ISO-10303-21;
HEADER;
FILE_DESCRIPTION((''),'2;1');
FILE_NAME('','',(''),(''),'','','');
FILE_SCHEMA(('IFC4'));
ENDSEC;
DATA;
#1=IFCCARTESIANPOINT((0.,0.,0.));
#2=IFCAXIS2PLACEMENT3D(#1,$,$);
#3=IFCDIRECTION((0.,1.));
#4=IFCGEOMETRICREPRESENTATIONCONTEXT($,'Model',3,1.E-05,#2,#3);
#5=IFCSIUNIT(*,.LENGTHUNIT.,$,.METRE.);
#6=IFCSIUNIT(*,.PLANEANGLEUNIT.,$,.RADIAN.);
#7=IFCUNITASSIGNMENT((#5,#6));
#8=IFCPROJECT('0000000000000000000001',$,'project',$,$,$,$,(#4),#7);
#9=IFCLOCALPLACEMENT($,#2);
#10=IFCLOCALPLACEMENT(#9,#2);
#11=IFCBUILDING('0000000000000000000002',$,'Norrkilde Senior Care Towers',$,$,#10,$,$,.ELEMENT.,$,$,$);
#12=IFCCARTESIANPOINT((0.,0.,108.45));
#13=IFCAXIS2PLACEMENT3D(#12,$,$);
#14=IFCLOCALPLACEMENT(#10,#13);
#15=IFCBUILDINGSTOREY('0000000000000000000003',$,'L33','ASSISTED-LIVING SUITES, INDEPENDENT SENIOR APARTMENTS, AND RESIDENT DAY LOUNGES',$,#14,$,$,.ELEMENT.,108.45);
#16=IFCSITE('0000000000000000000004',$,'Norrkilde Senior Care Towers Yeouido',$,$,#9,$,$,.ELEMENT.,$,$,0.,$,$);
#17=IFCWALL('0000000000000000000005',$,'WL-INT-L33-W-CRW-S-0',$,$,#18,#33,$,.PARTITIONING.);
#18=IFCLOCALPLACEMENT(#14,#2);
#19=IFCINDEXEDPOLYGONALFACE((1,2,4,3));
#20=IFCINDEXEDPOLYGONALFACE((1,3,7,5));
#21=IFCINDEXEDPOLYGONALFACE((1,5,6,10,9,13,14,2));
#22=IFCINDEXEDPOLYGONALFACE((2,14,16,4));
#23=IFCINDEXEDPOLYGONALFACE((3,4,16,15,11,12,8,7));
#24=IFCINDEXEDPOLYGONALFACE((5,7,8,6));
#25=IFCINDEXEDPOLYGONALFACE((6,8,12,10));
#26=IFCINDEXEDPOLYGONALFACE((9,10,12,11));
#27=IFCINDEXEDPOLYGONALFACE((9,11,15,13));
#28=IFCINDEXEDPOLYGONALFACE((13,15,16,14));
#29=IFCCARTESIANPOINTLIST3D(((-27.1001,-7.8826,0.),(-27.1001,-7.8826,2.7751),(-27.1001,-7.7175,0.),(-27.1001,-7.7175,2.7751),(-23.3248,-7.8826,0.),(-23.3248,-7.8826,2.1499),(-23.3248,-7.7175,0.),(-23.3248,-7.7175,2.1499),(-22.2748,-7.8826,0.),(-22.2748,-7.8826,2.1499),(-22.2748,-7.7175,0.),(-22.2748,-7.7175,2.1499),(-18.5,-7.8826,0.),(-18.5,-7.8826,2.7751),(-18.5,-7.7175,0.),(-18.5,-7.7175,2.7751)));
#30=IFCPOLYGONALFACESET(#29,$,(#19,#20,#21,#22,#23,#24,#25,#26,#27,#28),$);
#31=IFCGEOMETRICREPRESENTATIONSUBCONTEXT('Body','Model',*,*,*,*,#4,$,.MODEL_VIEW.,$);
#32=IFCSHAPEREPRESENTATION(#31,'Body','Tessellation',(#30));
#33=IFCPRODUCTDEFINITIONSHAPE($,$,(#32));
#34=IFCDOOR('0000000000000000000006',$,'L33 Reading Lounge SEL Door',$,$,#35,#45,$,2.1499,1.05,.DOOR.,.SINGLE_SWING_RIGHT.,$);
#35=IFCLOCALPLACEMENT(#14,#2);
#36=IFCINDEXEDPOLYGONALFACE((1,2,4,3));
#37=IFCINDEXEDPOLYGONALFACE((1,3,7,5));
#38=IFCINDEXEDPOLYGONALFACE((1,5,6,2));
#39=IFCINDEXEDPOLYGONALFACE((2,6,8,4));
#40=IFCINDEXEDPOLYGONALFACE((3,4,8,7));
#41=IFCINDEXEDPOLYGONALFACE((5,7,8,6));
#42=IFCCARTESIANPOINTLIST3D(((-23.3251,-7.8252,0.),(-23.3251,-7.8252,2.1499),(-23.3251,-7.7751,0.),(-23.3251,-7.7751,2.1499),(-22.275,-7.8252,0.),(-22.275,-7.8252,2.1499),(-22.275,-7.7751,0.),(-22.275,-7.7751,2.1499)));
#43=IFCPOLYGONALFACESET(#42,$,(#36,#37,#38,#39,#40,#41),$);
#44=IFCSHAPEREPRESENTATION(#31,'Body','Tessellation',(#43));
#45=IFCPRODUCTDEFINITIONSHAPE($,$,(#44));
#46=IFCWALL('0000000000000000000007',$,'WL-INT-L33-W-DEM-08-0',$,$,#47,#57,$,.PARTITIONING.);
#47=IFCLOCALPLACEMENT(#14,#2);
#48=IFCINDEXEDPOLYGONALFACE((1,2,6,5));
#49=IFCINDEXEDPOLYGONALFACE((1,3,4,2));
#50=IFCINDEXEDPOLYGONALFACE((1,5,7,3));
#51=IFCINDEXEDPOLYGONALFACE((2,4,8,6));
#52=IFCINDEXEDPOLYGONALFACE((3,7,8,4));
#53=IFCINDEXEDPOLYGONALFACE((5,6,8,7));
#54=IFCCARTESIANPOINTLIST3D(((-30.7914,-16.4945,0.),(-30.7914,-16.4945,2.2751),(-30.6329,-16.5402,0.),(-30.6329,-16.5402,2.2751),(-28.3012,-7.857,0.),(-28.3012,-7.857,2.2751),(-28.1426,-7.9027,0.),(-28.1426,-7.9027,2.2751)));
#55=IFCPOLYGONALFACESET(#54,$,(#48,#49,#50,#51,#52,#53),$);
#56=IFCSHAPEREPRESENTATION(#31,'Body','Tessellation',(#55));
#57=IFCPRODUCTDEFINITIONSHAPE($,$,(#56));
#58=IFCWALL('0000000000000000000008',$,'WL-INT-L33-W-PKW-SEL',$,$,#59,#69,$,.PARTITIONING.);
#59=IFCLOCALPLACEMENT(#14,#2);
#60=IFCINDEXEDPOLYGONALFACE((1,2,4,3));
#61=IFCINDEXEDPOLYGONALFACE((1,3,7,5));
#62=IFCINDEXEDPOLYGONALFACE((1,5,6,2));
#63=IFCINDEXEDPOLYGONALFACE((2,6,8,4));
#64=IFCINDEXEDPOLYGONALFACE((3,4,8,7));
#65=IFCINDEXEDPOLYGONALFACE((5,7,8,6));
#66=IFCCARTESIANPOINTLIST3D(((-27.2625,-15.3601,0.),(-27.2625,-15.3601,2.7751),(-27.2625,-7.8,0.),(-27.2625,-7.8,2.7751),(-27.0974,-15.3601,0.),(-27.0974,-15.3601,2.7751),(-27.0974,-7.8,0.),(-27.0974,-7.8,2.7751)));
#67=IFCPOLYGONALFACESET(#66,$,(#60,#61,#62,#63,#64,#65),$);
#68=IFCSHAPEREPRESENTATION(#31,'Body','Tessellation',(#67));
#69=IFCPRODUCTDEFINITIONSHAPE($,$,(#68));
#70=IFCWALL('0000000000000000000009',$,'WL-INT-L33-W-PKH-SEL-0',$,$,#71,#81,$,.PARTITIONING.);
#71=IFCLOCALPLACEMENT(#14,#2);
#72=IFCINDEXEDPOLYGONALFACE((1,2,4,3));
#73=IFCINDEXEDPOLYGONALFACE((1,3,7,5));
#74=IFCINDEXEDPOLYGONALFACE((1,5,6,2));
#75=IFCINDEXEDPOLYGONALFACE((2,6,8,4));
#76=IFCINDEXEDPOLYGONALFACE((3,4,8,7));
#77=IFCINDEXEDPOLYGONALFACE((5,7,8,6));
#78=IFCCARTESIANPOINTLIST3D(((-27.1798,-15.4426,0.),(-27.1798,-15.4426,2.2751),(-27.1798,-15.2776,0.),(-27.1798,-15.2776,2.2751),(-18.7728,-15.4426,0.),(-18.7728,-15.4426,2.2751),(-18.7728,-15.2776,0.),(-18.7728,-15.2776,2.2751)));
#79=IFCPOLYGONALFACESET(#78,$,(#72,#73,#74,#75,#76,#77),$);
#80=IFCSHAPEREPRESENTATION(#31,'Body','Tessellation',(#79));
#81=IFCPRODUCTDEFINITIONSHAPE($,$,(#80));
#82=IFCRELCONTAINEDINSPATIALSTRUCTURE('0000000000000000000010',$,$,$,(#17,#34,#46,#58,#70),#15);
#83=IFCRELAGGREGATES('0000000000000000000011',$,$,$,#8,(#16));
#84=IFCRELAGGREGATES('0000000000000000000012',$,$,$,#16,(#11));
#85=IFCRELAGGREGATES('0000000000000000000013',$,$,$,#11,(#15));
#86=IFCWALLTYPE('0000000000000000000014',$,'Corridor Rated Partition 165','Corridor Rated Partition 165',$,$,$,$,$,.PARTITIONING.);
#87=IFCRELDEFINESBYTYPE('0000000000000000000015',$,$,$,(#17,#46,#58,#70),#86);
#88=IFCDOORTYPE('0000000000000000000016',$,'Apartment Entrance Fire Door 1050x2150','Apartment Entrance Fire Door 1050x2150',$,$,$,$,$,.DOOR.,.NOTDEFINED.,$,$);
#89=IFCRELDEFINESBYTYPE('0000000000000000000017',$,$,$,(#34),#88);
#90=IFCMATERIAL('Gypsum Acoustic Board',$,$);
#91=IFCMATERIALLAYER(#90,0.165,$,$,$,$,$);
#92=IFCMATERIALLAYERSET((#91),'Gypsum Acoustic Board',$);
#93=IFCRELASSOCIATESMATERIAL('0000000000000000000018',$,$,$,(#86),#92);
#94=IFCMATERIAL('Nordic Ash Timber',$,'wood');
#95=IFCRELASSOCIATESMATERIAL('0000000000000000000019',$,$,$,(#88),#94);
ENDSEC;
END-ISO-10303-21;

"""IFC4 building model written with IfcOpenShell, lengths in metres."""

from ifc_helpers import new_model, si_unit, direction, frame, frame_2d, origin, place, context, subcontext, project, spatial, rectangle, extrude, source, transform, mapped, material, layer, layer_set, type_object, type_shapes, element, fill, save


model = new_model("IFC4")

# Units and contexts
model_context = context("Model", 3, precision=1e-05, world=origin(), true_north=direction((0.0, 1.0)))
body_context = subcontext(model_context, "Body", "Model", "MODEL_VIEW")
ifc_project = project(units=[si_unit("LENGTHUNIT", "METRE"), si_unit("PLANEANGLEUNIT", "RADIAN")], contexts=[model_context])

# Site, building, storey
site_placement = place(None, origin())
site = spatial("IfcSite", under=ifc_project, at=site_placement, Name="Norrkilde Senior Care Towers Yeouido", CompositionType="ELEMENT", RefElevation=0.0)
building_placement = place(site_placement, origin())
building = spatial("IfcBuilding", under=site, at=building_placement, Name="Norrkilde Senior Care Towers", CompositionType="ELEMENT")
storey_placement = place(building_placement, frame((0.0, 0.0, 108.45)))
storey = spatial("IfcBuildingStorey", under=building, at=storey_placement, Name="L33", Description="ASSISTED-LIVING SUITES, INDEPENDENT SENIOR APARTMENTS, AND RESIDENT DAY LOUNGES", CompositionType="ELEMENT", Elevation=108.45)

# Shared definitions
ifc_material_1 = material(Name="Gypsum Acoustic Board")
ifc_layer_1 = layer(ifc_material_1, 0.165)
ifc_layer_set_1 = layer_set([ifc_layer_1], Name="Gypsum Acoustic Board")
wall_type_1 = type_object("IfcWallType", Name="Corridor Rated Partition 165", Description="Corridor Rated Partition 165", PredefinedType="PARTITIONING", material=ifc_layer_set_1)

# Wall, opening, door
shared_shape_1 = source(origin(), body_context, "Body", "SweptSolid", [
    extrude(rectangle(XDim=8.6001, YDim=0.165, at=frame_2d((4.3, 0.0))), origin(), (0.0, 0.0, 1.0), 2.7751),
])
wall_1_placement = place(storey_placement, frame((-18.5, -7.8, 0.0), z_axis=(0.0, 0.0, 1.0), x_axis=(-1.0, 0.0, 0.0)))
wall_1 = element("IfcWall", 1, at=wall_1_placement, inside=storey, type_object=wall_type_1, Name="WL-INT-L33-W-CRW-S-0", PredefinedType="PARTITIONING", context=body_context, shape_type="MappedRepresentation", body=[
    mapped(shared_shape_1, transform((0.0, 0.0, 0.0), x_axis=(1.0, 0.0, 0.0), y_axis=(0.0, 1.0, 0.0), z_axis=(0.0, 0.0, 1.0), scale=1.0)),
])
opening_1_placement = place(wall_1_placement, frame((3.7749, 0.0, 0.0)))
opening_1 = element("IfcOpeningElement", 2, at=opening_1_placement, cuts=wall_1, PredefinedType="OPENING", context=body_context, shape_type="SweptSolid", body=[
    extrude(rectangle(XDim=1.05, YDim=2.1499, at=frame_2d((0.5249, 1.075))), frame((0.0, 0.0925, 0.0), z_axis=(0.0, -1.0, 0.0), x_axis=(1.0, 0.0, 0.0)), (0.0, 0.0, 1.0), 0.1851),
])
ifc_material_2 = material(Name="Nordic Ash Timber", Category="wood")
door_type_1 = type_object("IfcDoorType", Name="Apartment Entrance Fire Door 1050x2150", Description="Apartment Entrance Fire Door 1050x2150", OperationType="NOTDEFINED", PredefinedType="DOOR", material=ifc_material_2)
shared_shape_2 = source(origin(), body_context, "Body", "SweptSolid", [
    extrude(rectangle(XDim=1.05, YDim=2.1499, at=frame_2d((0.5249, 1.075))), frame((0.0, 0.0249, 0.0), z_axis=(0.0, -1.0, 0.0), x_axis=(1.0, 0.0, 0.0)), (0.0, 0.0, 1.0), 0.05),
])
type_shapes(door_type_1, [shared_shape_2])
door_1_placement = place(opening_1_placement, frame((1.05, 0.0, 0.0), z_axis=(0.0, 0.0, 1.0), x_axis=(-1.0, 0.0, 0.0)))
door_1 = element("IfcDoor", 3, at=door_1_placement, inside=storey, type_object=door_type_1, Name="L33 Reading Lounge SEL Door", OperationType="SINGLE_SWING_RIGHT", OverallHeight=2.1499, OverallWidth=1.05, PredefinedType="DOOR", context=body_context, shape_type="MappedRepresentation", body=[
    mapped(shared_shape_2, transform((0.0, 0.0, 0.0), x_axis=(1.0, 0.0, 0.0), y_axis=(0.0, 1.0, 0.0), z_axis=(0.0, 0.0, 1.0), scale=1.0)),
])
fill(opening_1, door_1)

# Walls
shared_shape_3 = source(origin(), body_context, "Body", "SweptSolid", [
    extrude(rectangle(XDim=8.9893, YDim=0.165, at=frame_2d((4.4946, 0.0))), origin(), (0.0, 0.0, 1.0), 2.2751),
])
wall_2_placement = place(storey_placement, frame((-28.2219, -7.8799, 0.0), z_axis=(0.0, 0.0, 1.0), x_axis=(-0.277023, -0.960863, 0.0)))
element("IfcWall", 4, at=wall_2_placement, inside=storey, type_object=wall_type_1, Name="WL-INT-L33-W-DEM-08-0", PredefinedType="PARTITIONING", context=body_context, shape_type="MappedRepresentation", body=[
    mapped(shared_shape_3, transform((0.0, 0.0, 0.0), x_axis=(1.0, 0.0, 0.0), y_axis=(0.0, 1.0, 0.0), z_axis=(0.0, 0.0, 1.0), scale=1.0)),
])
shared_shape_4 = source(origin(), body_context, "Body", "SweptSolid", [
    extrude(rectangle(XDim=7.5601, YDim=0.165, at=frame_2d((3.78, 0.0))), origin(), (0.0, 0.0, 1.0), 2.7751),
])
wall_3_placement = place(storey_placement, frame((-27.1799, -15.3601, 0.0), z_axis=(0.0, 0.0, 1.0), x_axis=(0.0, 1.0, 0.0)))
element("IfcWall", 5, at=wall_3_placement, inside=storey, type_object=wall_type_1, Name="WL-INT-L33-W-PKW-SEL", PredefinedType="PARTITIONING", context=body_context, shape_type="MappedRepresentation", body=[
    mapped(shared_shape_4, transform((0.0, 0.0, 0.0), x_axis=(1.0, 0.0, 0.0), y_axis=(0.0, 1.0, 0.0), z_axis=(0.0, 0.0, 1.0), scale=1.0)),
])
shared_shape_5 = source(origin(), body_context, "Body", "SweptSolid", [
    extrude(rectangle(XDim=8.407, YDim=0.165, at=frame_2d((4.2036, 0.0))), origin(), (0.0, 0.0, 1.0), 2.2751),
])
wall_4_placement = place(storey_placement, frame((-27.1799, -15.3601, 0.0), z_axis=(0.0, 0.0, 1.0), x_axis=(1.0, 0.0, 0.0)))
element("IfcWall", 6, at=wall_4_placement, inside=storey, type_object=wall_type_1, Name="WL-INT-L33-W-PKH-SEL-0", PredefinedType="PARTITIONING", context=body_context, shape_type="MappedRepresentation", body=[
    mapped(shared_shape_5, transform((0.0, 0.0, 0.0), x_axis=(1.0, 0.0, 0.0), y_axis=(0.0, 1.0, 0.0), z_axis=(0.0, 0.0, 1.0), scale=1.0)),
])

save(model, "model.ifc")
